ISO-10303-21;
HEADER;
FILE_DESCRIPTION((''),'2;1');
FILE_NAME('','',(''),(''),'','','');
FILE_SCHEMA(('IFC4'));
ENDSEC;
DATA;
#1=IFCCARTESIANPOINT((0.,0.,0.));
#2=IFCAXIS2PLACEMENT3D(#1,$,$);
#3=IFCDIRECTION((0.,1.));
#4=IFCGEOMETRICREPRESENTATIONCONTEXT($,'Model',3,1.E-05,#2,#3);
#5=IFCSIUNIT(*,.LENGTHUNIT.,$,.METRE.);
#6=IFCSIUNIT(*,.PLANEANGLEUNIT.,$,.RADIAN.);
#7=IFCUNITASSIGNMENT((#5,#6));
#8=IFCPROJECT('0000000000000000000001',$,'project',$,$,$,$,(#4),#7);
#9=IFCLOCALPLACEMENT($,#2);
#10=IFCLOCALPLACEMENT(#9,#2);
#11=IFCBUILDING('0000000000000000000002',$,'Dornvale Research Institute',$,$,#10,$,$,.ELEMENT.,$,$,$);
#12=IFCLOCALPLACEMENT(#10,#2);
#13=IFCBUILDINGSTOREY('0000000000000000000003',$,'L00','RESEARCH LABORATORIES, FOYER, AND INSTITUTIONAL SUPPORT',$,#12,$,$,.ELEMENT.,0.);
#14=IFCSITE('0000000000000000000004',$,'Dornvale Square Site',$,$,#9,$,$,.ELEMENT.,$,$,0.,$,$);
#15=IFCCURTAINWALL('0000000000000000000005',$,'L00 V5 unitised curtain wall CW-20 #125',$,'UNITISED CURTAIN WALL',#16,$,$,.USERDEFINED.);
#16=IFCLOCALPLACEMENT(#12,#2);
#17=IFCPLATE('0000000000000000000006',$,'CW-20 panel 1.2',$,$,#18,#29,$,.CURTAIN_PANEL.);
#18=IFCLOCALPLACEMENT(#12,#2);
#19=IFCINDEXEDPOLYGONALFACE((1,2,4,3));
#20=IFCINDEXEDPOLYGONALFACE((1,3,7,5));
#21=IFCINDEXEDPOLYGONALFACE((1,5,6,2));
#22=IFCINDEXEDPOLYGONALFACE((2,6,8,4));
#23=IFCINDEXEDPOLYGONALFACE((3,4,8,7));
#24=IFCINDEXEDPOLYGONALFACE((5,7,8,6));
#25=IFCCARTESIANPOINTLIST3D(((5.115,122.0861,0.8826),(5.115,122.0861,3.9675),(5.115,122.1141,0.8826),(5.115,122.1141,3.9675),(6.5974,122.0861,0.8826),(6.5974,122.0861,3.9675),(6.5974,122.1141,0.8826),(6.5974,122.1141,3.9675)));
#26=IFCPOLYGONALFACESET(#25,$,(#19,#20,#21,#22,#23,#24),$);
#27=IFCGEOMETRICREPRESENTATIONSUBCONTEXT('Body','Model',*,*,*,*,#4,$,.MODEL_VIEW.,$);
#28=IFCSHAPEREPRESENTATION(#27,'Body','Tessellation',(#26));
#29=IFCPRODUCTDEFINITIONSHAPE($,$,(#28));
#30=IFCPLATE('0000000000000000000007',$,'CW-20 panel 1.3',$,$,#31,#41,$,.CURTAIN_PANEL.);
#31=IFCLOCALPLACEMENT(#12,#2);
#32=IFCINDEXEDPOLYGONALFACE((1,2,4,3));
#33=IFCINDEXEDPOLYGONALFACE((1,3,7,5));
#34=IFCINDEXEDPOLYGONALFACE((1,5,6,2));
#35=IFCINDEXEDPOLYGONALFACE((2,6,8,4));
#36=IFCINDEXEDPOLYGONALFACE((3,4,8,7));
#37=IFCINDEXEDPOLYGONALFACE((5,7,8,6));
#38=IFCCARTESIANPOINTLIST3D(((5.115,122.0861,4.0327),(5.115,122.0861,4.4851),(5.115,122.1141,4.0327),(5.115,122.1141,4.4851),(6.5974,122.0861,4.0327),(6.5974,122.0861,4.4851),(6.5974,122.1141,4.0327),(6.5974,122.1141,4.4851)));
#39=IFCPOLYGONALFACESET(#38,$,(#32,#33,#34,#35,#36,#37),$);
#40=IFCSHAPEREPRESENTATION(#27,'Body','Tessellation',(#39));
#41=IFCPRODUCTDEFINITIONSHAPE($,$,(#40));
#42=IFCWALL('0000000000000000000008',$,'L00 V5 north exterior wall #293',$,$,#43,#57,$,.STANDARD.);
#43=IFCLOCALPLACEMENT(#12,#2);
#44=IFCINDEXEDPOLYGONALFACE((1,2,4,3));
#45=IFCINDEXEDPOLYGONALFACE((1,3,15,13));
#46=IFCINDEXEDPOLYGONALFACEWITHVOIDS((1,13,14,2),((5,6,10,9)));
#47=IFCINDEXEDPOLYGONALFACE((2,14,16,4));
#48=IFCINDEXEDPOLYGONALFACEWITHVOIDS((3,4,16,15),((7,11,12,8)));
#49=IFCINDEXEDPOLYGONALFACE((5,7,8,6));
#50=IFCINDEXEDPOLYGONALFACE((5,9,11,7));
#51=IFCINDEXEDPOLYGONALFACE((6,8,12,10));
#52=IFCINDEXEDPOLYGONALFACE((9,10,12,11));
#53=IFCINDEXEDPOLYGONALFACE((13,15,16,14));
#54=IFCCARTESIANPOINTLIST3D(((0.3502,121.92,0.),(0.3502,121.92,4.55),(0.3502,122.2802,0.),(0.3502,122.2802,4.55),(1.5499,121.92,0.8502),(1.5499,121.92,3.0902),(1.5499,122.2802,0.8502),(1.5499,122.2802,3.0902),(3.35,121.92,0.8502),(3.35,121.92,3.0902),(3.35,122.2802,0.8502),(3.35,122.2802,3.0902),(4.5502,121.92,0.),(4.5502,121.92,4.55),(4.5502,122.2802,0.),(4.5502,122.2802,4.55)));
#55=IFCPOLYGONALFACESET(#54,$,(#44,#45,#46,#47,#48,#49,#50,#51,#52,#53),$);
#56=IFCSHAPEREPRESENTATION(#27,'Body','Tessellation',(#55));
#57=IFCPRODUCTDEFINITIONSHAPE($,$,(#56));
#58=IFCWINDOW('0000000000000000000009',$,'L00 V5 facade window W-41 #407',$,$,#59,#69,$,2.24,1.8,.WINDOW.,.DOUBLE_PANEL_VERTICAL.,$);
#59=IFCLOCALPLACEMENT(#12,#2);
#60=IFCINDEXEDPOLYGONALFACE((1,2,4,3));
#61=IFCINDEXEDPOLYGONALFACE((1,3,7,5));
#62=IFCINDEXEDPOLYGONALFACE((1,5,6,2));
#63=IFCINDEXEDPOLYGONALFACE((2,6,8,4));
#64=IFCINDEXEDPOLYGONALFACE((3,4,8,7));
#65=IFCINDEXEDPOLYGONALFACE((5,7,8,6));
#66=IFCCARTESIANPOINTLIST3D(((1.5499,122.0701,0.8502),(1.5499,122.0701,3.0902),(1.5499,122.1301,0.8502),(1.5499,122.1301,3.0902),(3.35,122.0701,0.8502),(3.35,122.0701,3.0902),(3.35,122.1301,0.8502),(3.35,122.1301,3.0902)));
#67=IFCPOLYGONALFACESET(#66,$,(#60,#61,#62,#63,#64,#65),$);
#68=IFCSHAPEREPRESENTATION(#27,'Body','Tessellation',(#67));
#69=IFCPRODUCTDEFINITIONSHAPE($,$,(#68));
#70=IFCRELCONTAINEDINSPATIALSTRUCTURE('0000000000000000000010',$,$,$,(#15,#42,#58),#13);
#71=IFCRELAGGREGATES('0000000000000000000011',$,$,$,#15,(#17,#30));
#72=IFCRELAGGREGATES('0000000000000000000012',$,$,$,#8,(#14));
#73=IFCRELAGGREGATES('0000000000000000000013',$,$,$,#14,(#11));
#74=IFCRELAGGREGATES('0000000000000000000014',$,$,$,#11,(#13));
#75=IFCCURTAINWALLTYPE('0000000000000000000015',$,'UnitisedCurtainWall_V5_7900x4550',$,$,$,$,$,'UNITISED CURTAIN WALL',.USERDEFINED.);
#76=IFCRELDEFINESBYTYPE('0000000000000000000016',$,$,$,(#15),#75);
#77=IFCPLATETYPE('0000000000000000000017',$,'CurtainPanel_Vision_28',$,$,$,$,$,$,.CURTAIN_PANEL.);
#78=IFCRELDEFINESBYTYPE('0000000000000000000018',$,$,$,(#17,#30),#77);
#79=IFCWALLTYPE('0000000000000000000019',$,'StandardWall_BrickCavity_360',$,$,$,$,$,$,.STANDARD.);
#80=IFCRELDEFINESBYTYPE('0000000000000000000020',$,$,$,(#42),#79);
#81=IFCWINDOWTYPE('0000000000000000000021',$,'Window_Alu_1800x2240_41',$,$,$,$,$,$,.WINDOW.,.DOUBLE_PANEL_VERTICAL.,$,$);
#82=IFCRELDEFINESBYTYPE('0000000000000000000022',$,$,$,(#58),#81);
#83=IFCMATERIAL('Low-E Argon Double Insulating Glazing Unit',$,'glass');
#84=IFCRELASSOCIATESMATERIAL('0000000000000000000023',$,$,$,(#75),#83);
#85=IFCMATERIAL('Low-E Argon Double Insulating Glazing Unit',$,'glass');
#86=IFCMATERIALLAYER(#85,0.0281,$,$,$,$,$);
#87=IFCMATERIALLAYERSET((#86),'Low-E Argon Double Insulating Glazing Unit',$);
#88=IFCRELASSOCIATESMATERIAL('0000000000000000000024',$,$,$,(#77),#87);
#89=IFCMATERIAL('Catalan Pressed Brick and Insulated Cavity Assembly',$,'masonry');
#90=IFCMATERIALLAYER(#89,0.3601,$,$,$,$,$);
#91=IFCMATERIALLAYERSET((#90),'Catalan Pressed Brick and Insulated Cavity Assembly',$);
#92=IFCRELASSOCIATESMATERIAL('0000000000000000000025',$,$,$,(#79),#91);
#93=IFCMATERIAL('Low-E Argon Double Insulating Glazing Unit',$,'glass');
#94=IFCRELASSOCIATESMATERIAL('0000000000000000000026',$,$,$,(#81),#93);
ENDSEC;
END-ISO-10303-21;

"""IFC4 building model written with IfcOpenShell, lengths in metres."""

from ifc_helpers import new_model, si_unit, direction, frame, frame_2d, origin, origin_2d, place, context, subcontext, project, spatial, rectangle, extrude, material, layer, layer_set, type_object, element, fill, aggregate, save


model = new_model("IFC4")

# Units and contexts
model_context = context("Model", 3, precision=1e-05, world=origin(), true_north=direction((0.0, 1.0)))
body_context = subcontext(model_context, "Body", "Model", "MODEL_VIEW")
ifc_project = project(units=[si_unit("LENGTHUNIT", "METRE"), si_unit("PLANEANGLEUNIT", "RADIAN")], contexts=[model_context])

# Site, building, storey
site_placement = place(None, origin())
site = spatial("IfcSite", under=ifc_project, at=site_placement, Name="Dornvale Square Site", CompositionType="ELEMENT", RefElevation=0.0)
building_placement = place(site_placement, origin())
building = spatial("IfcBuilding", under=site, at=building_placement, Name="Dornvale Research Institute", CompositionType="ELEMENT")
storey_placement = place(building_placement, origin())
storey = spatial("IfcBuildingStorey", under=building, at=storey_placement, Name="L00", Description="RESEARCH LABORATORIES, FOYER, AND INSTITUTIONAL SUPPORT", CompositionType="ELEMENT", Elevation=0.0)

# Curtain wall, plates
ifc_material_1 = material(Name="Low-E Argon Double Insulating Glazing Unit", Category="glass")
curtain_wall_type = type_object("IfcCurtainWallType", Name="UnitisedCurtainWall_V5_7900x4550", ElementType="UNITISED CURTAIN WALL", PredefinedType="USERDEFINED", material=ifc_material_1)
curtain_wall_placement = place(storey_placement, origin())
curtain_wall = element("IfcCurtainWall", 1, at=curtain_wall_placement, inside=storey, type_object=curtain_wall_type, Name="L00 V5 unitised curtain wall CW-20 #125", ObjectType="UNITISED CURTAIN WALL", PredefinedType="USERDEFINED")
ifc_material_2 = material(Name="Low-E Argon Double Insulating Glazing Unit", Category="glass")
ifc_layer_1 = layer(ifc_material_2, 0.0281)
ifc_layer_set_1 = layer_set([ifc_layer_1], Name="Low-E Argon Double Insulating Glazing Unit")
plate_type_1 = type_object("IfcPlateType", Name="CurtainPanel_Vision_28", PredefinedType="CURTAIN_PANEL", material=ifc_layer_set_1)
plate_1_placement = place(storey_placement, frame((5.8562, 122.1001, 0.8826), z_axis=(0.0, 0.0, 1.0), x_axis=(1.0, 0.0, 0.0)))
plate_1 = element("IfcPlate", 2, at=plate_1_placement, type_object=plate_type_1, Name="CW-20 panel 1.2", PredefinedType="CURTAIN_PANEL", context=body_context, shape_type="SweptSolid", body=[
    extrude(rectangle(XDim=1.4824, YDim=0.0281, at=origin_2d()), origin(), (0.0, 0.0, 1.0), 3.085),
])
plate_2_placement = place(storey_placement, frame((5.8562, 122.1001, 4.0327), z_axis=(0.0, 0.0, 1.0), x_axis=(1.0, 0.0, 0.0)))
plate_2 = element("IfcPlate", 3, at=plate_2_placement, type_object=plate_type_1, Name="CW-20 panel 1.3", PredefinedType="CURTAIN_PANEL", context=body_context, shape_type="SweptSolid", body=[
    extrude(rectangle(XDim=1.4824, YDim=0.0281, at=origin_2d()), origin(), (0.0, 0.0, 1.0), 0.4524),
])
aggregate(curtain_wall, [plate_1, plate_2])

# Wall, opening, window
ifc_material_3 = material(Name="Catalan Pressed Brick and Insulated Cavity Assembly", Category="masonry")
ifc_layer_2 = layer(ifc_material_3, 0.3601)
ifc_layer_set_2 = layer_set([ifc_layer_2], Name="Catalan Pressed Brick and Insulated Cavity Assembly")
wall_type = type_object("IfcWallType", Name="StandardWall_BrickCavity_360", PredefinedType="STANDARD", material=ifc_layer_set_2)
wall_placement = place(storey_placement, frame((0.3501, 122.1001, 0.0), z_axis=(0.0, 0.0, 1.0), x_axis=(1.0, 0.0, 0.0)))
wall = element("IfcWall", 4, at=wall_placement, inside=storey, type_object=wall_type, Name="L00 V5 north exterior wall #293", PredefinedType="STANDARD", context=body_context, shape_type="SweptSolid", body=[
    extrude(rectangle(XDim=4.2, YDim=0.3601, at=frame_2d((2.1001, 0.0))), origin(), (0.0, 0.0, 1.0), 4.55),
])
opening_placement = place(wall_placement, frame((1.2, 0.0, 0.8501)))
opening = element("IfcOpeningElement", 5, at=opening_placement, cuts=wall, PredefinedType="OPENING", context=body_context, shape_type="SweptSolid", body=[
    extrude(rectangle(XDim=1.8, YDim=2.24, at=frame_2d((0.8999, 1.1201))), frame((0.0, 0.1951, 0.0), z_axis=(0.0, -1.0, 0.0), x_axis=(1.0, 0.0, 0.0)), (0.0, 0.0, 1.0), 0.3901),
])
ifc_material_4 = material(Name="Low-E Argon Double Insulating Glazing Unit", Category="glass")
window_type = type_object("IfcWindowType", Name="Window_Alu_1800x2240_41", PartitioningType="DOUBLE_PANEL_VERTICAL", PredefinedType="WINDOW", material=ifc_material_4)
window_placement = place(opening_placement, origin())
window = element("IfcWindow", 6, at=window_placement, inside=storey, type_object=window_type, Name="L00 V5 facade window W-41 #407", OverallHeight=2.24, OverallWidth=1.8, PartitioningType="DOUBLE_PANEL_VERTICAL", PredefinedType="WINDOW", context=body_context, shape_type="SweptSolid", body=[
    extrude(rectangle(XDim=1.8, YDim=2.24, at=frame_2d((0.8999, 1.1201))), frame((0.0, 0.03, 0.0), z_axis=(0.0, -1.0, 0.0), x_axis=(1.0, 0.0, 0.0)), (0.0, 0.0, 1.0), 0.0601),
])
fill(opening, window)

save(model, "model.ifc")
